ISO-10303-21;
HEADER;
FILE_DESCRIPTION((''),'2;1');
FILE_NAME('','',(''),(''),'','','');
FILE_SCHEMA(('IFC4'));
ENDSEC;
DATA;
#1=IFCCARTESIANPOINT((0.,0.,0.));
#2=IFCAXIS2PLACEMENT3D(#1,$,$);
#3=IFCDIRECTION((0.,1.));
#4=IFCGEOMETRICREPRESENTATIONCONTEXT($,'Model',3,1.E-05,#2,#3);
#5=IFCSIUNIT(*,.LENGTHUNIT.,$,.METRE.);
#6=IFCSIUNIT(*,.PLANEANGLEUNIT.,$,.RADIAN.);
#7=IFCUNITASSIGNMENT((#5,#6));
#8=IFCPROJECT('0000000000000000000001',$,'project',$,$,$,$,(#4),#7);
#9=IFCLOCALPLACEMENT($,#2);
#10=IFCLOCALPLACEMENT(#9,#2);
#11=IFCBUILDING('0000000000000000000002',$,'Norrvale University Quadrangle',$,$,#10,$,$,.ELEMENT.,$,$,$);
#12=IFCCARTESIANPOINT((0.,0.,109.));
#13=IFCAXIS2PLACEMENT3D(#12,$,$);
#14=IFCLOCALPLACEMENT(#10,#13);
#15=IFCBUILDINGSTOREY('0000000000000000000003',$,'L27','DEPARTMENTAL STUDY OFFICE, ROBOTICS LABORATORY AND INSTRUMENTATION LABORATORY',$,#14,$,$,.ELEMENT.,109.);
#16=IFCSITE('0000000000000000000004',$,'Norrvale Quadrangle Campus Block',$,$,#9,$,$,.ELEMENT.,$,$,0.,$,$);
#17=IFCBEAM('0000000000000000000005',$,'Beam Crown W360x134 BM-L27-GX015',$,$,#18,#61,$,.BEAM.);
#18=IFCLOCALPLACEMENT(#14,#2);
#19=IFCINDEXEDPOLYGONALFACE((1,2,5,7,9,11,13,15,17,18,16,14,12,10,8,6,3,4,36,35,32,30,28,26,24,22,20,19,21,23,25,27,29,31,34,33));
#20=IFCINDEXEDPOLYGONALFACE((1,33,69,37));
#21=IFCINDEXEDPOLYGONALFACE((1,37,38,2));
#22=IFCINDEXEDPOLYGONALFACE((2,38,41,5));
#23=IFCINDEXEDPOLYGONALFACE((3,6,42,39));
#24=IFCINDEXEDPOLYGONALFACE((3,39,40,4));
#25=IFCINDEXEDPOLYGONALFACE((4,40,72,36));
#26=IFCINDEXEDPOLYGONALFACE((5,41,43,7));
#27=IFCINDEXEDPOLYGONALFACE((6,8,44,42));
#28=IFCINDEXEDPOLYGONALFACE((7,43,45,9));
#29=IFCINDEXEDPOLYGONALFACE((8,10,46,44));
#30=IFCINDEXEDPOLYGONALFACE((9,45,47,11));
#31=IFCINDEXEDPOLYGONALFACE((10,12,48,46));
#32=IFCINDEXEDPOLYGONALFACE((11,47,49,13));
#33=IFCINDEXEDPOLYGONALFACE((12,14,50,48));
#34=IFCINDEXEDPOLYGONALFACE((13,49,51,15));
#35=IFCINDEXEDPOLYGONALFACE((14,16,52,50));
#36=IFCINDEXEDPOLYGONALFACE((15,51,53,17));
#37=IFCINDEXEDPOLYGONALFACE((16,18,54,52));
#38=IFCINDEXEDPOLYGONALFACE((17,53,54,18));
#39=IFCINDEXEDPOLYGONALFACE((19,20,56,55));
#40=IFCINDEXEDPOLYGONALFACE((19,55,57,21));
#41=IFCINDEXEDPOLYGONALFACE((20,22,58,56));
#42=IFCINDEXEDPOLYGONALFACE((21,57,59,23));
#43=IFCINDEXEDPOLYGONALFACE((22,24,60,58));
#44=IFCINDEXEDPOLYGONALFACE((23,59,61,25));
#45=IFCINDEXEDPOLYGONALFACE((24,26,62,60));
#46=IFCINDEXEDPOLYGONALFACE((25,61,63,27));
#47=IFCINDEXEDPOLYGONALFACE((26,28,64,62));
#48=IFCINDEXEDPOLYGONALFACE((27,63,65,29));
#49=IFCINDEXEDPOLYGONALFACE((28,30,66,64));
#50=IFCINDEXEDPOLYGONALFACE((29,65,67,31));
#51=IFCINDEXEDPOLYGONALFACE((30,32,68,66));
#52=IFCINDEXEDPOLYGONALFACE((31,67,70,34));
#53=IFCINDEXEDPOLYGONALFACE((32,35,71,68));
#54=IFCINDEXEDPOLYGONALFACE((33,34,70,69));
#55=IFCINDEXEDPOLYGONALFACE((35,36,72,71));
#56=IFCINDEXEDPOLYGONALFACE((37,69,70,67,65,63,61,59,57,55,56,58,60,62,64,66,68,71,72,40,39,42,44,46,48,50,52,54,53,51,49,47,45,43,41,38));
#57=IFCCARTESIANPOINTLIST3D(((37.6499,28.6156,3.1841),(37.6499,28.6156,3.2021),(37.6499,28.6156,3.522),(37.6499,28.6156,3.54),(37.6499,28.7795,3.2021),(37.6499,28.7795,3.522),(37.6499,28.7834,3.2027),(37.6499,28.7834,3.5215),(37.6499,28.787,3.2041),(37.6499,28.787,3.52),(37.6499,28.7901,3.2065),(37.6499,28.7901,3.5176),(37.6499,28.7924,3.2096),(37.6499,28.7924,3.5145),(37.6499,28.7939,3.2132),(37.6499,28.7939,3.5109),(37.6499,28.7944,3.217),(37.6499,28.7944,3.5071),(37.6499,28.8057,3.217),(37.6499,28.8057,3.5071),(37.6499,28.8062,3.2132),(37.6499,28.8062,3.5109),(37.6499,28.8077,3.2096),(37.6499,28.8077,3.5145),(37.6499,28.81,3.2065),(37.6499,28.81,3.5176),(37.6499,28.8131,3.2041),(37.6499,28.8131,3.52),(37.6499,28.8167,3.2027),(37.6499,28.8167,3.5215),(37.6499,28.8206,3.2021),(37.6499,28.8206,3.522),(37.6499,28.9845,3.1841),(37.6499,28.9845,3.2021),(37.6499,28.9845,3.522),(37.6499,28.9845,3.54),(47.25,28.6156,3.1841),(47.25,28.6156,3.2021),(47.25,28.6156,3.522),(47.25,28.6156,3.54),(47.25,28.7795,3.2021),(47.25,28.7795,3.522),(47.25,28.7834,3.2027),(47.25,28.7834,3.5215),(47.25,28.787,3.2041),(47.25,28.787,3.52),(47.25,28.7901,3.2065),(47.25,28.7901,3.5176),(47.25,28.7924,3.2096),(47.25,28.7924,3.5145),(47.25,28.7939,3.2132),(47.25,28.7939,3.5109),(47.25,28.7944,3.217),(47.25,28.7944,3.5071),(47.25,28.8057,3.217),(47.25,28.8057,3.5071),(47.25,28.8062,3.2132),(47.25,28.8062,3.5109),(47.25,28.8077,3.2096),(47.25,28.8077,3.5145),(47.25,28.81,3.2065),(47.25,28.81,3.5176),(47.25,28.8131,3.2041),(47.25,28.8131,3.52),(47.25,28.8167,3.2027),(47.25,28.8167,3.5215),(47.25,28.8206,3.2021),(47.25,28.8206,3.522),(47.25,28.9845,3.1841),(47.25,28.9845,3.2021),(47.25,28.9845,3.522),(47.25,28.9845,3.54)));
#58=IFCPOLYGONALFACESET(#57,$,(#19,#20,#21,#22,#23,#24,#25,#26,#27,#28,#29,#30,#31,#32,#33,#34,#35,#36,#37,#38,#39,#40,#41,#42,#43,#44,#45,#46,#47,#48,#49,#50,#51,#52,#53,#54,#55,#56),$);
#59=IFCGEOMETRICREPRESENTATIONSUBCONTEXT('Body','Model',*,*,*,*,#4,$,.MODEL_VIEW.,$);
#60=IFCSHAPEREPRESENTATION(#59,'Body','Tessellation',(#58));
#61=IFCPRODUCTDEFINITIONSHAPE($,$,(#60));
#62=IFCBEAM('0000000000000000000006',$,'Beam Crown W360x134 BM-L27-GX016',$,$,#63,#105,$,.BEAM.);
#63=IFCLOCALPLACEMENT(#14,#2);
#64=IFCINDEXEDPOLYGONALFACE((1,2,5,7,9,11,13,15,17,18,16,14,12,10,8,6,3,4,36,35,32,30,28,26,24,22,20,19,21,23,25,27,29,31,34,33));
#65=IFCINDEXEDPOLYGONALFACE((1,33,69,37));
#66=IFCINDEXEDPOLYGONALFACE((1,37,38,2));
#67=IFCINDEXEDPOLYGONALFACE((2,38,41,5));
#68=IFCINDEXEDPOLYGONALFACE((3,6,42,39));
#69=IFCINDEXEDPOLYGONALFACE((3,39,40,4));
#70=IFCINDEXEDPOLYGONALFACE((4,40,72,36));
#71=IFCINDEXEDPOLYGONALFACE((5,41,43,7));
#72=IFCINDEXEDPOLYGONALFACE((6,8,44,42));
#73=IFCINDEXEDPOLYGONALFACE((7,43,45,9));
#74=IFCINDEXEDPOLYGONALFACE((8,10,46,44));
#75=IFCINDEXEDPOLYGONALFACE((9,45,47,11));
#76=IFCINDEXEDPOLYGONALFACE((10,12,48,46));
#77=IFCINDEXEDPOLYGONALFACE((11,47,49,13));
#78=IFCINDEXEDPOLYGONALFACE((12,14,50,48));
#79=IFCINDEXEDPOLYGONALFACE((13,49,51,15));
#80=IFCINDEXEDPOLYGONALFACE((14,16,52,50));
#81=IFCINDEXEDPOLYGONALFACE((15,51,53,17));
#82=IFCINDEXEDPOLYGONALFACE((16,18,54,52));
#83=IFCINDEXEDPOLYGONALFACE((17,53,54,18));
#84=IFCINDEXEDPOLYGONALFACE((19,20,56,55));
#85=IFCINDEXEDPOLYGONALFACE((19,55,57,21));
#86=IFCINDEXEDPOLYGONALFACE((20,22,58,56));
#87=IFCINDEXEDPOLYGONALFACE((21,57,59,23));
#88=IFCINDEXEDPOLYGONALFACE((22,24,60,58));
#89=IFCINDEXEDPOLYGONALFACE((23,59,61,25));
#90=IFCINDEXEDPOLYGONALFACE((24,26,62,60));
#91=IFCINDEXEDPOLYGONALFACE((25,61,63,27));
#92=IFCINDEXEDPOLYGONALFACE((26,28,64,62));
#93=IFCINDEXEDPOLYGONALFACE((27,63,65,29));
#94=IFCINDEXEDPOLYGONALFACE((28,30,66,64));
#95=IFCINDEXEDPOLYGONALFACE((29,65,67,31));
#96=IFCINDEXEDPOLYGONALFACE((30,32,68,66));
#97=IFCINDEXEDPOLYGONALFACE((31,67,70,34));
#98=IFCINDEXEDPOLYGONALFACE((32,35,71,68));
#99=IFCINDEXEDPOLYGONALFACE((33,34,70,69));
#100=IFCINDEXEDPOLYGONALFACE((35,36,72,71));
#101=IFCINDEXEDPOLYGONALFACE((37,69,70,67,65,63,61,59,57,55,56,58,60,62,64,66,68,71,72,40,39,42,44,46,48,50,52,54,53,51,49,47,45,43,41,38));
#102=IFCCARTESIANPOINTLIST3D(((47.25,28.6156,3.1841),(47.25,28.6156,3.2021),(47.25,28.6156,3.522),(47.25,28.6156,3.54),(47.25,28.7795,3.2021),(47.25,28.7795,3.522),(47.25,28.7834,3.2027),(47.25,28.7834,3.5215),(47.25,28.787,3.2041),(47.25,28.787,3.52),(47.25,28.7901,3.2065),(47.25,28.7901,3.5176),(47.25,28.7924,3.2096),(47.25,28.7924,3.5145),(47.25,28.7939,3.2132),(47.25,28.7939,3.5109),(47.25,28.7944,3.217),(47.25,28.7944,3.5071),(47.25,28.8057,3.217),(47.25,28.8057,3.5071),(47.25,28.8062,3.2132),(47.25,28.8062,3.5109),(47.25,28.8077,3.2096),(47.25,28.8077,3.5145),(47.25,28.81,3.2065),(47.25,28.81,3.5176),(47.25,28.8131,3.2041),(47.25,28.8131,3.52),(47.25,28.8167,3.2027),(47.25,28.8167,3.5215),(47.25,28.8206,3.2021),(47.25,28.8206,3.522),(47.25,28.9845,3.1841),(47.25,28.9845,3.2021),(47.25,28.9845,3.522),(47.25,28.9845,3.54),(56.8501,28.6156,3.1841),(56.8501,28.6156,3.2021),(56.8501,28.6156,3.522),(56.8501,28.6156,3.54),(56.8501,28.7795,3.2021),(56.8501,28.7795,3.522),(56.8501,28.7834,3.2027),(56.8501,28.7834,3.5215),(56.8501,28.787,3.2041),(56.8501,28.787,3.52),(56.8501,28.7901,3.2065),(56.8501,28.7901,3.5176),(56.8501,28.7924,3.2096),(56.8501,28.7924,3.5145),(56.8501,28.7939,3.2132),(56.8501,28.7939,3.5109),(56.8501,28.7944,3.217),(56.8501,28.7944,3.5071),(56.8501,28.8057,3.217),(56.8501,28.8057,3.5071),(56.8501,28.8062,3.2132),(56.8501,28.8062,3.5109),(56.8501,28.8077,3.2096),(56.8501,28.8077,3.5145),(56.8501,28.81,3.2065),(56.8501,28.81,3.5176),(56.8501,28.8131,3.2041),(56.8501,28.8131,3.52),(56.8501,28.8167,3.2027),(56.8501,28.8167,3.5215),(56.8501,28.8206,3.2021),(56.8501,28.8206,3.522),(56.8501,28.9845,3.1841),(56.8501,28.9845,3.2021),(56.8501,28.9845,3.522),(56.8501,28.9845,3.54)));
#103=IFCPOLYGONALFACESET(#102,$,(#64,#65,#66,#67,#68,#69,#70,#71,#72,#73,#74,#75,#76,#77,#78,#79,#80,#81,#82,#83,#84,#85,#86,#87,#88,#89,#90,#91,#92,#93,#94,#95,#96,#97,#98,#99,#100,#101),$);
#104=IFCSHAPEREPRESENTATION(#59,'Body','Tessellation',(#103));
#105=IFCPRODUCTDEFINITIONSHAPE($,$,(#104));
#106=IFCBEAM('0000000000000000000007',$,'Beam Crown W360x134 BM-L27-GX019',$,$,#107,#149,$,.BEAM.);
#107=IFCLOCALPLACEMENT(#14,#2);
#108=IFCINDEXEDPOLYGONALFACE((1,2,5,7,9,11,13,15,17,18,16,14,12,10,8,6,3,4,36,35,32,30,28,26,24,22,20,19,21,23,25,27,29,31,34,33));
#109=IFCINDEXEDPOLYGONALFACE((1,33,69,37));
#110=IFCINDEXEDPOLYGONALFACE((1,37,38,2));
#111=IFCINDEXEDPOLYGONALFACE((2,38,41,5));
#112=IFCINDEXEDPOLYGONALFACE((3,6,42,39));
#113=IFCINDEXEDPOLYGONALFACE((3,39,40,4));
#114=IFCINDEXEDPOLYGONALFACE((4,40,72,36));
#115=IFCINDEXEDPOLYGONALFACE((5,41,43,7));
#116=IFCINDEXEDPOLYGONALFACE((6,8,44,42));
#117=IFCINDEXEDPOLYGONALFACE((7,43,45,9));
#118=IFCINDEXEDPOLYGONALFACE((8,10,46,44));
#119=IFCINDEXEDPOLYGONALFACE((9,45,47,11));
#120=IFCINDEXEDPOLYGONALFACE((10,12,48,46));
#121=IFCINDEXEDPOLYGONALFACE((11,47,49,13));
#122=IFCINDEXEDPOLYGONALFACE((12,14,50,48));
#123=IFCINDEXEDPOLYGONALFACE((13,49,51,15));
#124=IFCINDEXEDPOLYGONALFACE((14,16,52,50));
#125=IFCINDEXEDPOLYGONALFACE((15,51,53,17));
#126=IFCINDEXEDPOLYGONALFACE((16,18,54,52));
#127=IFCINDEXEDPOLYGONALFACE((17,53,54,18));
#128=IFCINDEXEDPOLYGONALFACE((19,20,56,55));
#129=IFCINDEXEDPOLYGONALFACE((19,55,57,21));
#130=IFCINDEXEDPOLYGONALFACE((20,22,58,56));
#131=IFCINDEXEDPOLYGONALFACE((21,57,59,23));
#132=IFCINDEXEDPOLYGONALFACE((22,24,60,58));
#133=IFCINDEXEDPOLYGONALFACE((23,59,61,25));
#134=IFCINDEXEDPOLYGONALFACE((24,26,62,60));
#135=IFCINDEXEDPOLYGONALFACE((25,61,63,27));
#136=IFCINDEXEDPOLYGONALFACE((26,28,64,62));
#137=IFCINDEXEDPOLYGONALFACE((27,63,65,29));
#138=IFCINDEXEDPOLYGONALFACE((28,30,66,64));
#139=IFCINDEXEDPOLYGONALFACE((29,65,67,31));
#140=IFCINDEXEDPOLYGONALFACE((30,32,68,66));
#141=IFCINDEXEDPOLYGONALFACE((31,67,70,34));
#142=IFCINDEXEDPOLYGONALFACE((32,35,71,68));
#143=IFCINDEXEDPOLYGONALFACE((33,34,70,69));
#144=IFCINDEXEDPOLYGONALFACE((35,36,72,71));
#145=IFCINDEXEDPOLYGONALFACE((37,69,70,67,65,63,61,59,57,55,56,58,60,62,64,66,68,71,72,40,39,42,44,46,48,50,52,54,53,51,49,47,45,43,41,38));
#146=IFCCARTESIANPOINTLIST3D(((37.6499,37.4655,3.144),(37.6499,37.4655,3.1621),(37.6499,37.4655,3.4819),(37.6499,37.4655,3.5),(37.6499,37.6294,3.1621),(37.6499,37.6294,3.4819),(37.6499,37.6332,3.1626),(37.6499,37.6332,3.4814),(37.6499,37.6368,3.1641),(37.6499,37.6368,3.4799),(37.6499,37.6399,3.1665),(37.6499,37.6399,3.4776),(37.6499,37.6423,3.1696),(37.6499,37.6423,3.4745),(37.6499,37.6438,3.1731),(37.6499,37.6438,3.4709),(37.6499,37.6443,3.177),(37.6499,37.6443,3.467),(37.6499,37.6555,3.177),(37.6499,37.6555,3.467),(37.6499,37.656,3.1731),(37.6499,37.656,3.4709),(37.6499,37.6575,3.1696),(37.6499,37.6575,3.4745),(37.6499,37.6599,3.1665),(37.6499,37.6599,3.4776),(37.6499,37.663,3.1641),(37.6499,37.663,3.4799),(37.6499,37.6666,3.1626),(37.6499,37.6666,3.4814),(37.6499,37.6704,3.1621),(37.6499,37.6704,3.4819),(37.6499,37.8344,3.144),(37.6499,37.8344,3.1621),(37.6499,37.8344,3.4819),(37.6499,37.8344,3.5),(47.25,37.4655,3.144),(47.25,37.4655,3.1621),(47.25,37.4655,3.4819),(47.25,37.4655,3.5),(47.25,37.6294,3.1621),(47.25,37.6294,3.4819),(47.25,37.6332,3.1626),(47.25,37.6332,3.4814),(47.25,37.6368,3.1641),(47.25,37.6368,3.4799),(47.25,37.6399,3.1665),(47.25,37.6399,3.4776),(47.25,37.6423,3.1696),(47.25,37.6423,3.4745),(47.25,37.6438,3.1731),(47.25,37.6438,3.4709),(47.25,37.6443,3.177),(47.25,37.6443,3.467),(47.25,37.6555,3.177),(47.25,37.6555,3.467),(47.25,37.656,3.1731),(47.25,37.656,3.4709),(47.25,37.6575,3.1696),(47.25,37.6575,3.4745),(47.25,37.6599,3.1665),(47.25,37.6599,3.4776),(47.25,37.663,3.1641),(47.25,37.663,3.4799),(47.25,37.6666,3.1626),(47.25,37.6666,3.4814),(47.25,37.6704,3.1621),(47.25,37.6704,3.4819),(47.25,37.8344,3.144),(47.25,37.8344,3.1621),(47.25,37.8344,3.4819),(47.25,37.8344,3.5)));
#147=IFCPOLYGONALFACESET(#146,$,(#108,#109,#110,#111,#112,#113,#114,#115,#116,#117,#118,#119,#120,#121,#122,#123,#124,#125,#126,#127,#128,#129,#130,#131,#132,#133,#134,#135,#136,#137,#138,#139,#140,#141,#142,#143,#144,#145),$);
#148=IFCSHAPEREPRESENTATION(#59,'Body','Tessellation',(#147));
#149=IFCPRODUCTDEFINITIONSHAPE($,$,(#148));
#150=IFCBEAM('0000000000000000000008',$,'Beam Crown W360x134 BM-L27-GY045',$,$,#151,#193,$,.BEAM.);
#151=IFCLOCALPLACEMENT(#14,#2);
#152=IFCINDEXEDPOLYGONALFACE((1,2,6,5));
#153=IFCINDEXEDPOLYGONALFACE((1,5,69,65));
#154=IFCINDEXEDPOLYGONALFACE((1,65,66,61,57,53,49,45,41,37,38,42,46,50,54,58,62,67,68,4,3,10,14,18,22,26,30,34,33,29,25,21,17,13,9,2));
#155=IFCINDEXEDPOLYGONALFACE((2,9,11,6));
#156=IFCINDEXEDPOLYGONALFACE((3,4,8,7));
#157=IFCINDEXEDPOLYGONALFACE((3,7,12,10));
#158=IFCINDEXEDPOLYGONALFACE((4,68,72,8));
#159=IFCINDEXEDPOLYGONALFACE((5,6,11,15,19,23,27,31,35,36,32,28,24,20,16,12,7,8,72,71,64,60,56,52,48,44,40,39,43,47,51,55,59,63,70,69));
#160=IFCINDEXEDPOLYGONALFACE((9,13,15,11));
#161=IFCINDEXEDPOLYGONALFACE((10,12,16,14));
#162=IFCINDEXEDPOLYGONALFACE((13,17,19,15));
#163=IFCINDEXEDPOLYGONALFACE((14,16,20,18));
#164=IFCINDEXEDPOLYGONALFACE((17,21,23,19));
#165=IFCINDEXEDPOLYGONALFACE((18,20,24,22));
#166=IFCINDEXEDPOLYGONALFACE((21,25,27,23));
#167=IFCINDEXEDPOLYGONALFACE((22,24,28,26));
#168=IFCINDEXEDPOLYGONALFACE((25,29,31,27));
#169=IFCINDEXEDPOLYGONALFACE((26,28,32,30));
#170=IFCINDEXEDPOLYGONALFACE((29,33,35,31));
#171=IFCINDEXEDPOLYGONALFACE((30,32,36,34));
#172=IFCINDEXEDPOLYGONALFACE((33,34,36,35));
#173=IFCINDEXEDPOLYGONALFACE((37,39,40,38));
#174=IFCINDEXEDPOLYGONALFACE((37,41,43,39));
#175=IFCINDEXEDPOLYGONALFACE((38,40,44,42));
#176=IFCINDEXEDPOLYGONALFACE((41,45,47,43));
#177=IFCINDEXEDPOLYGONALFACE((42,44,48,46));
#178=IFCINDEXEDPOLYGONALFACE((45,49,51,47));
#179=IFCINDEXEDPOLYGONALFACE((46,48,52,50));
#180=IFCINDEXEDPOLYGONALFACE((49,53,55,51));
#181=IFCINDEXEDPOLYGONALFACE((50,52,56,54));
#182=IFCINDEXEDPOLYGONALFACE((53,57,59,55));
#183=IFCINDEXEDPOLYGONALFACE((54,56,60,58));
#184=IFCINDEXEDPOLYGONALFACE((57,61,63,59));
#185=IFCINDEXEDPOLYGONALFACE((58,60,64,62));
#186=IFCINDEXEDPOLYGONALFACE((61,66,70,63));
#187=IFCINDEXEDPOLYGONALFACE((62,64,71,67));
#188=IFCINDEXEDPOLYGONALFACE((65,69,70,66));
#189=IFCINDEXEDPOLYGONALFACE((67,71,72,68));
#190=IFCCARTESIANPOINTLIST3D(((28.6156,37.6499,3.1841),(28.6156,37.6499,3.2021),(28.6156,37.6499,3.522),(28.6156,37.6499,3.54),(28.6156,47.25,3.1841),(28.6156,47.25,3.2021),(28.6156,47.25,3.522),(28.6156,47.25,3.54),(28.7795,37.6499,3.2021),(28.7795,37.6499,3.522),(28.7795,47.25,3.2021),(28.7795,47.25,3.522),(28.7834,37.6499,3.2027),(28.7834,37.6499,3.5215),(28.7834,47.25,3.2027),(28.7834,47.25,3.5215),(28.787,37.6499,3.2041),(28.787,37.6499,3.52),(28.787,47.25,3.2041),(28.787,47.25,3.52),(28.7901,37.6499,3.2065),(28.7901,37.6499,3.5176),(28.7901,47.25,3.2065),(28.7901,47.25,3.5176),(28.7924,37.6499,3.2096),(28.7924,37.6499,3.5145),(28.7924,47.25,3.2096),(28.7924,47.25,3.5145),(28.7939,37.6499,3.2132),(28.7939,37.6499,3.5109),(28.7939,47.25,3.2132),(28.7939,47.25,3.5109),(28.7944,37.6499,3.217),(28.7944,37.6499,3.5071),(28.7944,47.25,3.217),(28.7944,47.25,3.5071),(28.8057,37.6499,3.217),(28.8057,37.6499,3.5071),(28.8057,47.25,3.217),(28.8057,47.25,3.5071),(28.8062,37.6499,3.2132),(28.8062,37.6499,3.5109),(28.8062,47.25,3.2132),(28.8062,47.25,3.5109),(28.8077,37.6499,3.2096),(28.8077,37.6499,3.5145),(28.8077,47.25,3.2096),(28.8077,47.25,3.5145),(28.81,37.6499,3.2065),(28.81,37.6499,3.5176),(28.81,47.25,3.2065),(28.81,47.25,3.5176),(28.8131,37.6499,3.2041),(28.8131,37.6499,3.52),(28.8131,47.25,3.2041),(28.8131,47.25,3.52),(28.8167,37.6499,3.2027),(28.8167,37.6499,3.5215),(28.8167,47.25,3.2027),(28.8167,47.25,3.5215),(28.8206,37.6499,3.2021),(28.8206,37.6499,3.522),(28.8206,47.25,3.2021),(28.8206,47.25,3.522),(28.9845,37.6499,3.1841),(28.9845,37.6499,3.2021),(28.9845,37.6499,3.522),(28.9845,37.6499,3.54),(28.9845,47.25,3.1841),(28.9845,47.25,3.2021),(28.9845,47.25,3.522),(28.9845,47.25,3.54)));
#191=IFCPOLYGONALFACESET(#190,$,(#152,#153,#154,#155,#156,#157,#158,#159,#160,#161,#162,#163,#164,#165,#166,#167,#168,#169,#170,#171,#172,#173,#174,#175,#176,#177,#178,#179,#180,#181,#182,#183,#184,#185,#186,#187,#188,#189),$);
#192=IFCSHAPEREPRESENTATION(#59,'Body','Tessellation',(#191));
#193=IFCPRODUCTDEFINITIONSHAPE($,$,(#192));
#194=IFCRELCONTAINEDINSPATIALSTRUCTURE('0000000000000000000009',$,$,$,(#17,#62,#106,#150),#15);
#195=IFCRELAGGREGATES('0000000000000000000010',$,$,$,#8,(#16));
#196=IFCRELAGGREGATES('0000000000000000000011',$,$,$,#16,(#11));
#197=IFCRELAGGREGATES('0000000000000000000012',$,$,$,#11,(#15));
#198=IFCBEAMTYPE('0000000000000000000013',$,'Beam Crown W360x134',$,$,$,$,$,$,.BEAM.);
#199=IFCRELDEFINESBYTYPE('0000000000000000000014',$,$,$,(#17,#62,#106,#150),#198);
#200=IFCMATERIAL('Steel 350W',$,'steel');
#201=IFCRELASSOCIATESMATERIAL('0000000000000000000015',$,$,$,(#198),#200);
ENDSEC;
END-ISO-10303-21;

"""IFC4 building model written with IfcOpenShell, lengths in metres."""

from ifc_helpers import new_model, si_unit, direction, frame, origin, origin_2d, place, context, subcontext, project, spatial, i_section, extrude, material, material_profile, profile_set, type_object, element, save


model = new_model("IFC4")

# Units and contexts
model_context = context("Model", 3, precision=1e-05, world=origin(), true_north=direction((0.0, 1.0)))
body_context = subcontext(model_context, "Body", "Model", "MODEL_VIEW")
ifc_project = project(units=[si_unit("LENGTHUNIT", "METRE"), si_unit("PLANEANGLEUNIT", "RADIAN")], contexts=[model_context])

# Site, building, storey
site_placement = place(None, origin())
site = spatial("IfcSite", under=ifc_project, at=site_placement, Name="Norrvale Quadrangle Campus Block", CompositionType="ELEMENT", RefElevation=0.0)
building_placement = place(site_placement, origin())
building = spatial("IfcBuilding", under=site, at=building_placement, Name="Norrvale University Quadrangle", CompositionType="ELEMENT")
storey_placement = place(building_placement, frame((0.0, 0.0, 109.0)))
storey = spatial("IfcBuildingStorey", under=building, at=storey_placement, Name="L27", Description="DEPARTMENTAL STUDY OFFICE, ROBOTICS LABORATORY AND INSTRUMENTATION LABORATORY", CompositionType="ELEMENT", Elevation=109.0)

# Beams
ifc_material_1 = material(Name="Steel 350W", Category="steel")
ifc_material_profile_1 = material_profile(ifc_material_1, i_section(OverallWidth=0.3689, OverallDepth=0.356, WebThickness=0.0112, FlangeThickness=0.0181, FilletRadius=0.0149, at=origin_2d()), Name="Steel 350W")
ifc_profile_set_1 = profile_set([ifc_material_profile_1], Name="Steel 350W")
beam_type_1 = type_object("IfcBeamType", Name="Beam Crown W360x134", PredefinedType="BEAM", material=ifc_profile_set_1)
for number, where, z_axis, x_axis, name in (
    (1, (37.6499, 28.8, 3.3621), (1.0, 0.0, 0.0), (0.0, 1.0, 0.0), "Beam Crown W360x134 BM-L27-GX015"),
    (2, (47.25, 28.8, 3.3621), (1.0, 0.0, 0.0), (0.0, 1.0, 0.0), "Beam Crown W360x134 BM-L27-GX016"),
    (3, (37.6499, 37.6499, 3.322), (1.0, 0.0, 0.0), (0.0, 1.0, 0.0), "Beam Crown W360x134 BM-L27-GX019"),
    (4, (28.8, 37.6499, 3.3621), (0.0, 1.0, 0.0), (-1.0, 0.0, 0.0), "Beam Crown W360x134 BM-L27-GY045"),
):
    element("IfcBeam", number, at=place(storey_placement, frame(where, z_axis=z_axis, x_axis=x_axis)), inside=storey, type_object=beam_type_1, Name=name, PredefinedType="BEAM", context=body_context, shape_type="SweptSolid", body=[
        extrude(i_section(OverallWidth=0.3689, OverallDepth=0.356, WebThickness=0.0112, FlangeThickness=0.0181, FilletRadius=0.0149, at=origin_2d()), origin(), (0.0, 0.0, 1.0), 9.6001),
    ])

save(model, "model.ifc")
